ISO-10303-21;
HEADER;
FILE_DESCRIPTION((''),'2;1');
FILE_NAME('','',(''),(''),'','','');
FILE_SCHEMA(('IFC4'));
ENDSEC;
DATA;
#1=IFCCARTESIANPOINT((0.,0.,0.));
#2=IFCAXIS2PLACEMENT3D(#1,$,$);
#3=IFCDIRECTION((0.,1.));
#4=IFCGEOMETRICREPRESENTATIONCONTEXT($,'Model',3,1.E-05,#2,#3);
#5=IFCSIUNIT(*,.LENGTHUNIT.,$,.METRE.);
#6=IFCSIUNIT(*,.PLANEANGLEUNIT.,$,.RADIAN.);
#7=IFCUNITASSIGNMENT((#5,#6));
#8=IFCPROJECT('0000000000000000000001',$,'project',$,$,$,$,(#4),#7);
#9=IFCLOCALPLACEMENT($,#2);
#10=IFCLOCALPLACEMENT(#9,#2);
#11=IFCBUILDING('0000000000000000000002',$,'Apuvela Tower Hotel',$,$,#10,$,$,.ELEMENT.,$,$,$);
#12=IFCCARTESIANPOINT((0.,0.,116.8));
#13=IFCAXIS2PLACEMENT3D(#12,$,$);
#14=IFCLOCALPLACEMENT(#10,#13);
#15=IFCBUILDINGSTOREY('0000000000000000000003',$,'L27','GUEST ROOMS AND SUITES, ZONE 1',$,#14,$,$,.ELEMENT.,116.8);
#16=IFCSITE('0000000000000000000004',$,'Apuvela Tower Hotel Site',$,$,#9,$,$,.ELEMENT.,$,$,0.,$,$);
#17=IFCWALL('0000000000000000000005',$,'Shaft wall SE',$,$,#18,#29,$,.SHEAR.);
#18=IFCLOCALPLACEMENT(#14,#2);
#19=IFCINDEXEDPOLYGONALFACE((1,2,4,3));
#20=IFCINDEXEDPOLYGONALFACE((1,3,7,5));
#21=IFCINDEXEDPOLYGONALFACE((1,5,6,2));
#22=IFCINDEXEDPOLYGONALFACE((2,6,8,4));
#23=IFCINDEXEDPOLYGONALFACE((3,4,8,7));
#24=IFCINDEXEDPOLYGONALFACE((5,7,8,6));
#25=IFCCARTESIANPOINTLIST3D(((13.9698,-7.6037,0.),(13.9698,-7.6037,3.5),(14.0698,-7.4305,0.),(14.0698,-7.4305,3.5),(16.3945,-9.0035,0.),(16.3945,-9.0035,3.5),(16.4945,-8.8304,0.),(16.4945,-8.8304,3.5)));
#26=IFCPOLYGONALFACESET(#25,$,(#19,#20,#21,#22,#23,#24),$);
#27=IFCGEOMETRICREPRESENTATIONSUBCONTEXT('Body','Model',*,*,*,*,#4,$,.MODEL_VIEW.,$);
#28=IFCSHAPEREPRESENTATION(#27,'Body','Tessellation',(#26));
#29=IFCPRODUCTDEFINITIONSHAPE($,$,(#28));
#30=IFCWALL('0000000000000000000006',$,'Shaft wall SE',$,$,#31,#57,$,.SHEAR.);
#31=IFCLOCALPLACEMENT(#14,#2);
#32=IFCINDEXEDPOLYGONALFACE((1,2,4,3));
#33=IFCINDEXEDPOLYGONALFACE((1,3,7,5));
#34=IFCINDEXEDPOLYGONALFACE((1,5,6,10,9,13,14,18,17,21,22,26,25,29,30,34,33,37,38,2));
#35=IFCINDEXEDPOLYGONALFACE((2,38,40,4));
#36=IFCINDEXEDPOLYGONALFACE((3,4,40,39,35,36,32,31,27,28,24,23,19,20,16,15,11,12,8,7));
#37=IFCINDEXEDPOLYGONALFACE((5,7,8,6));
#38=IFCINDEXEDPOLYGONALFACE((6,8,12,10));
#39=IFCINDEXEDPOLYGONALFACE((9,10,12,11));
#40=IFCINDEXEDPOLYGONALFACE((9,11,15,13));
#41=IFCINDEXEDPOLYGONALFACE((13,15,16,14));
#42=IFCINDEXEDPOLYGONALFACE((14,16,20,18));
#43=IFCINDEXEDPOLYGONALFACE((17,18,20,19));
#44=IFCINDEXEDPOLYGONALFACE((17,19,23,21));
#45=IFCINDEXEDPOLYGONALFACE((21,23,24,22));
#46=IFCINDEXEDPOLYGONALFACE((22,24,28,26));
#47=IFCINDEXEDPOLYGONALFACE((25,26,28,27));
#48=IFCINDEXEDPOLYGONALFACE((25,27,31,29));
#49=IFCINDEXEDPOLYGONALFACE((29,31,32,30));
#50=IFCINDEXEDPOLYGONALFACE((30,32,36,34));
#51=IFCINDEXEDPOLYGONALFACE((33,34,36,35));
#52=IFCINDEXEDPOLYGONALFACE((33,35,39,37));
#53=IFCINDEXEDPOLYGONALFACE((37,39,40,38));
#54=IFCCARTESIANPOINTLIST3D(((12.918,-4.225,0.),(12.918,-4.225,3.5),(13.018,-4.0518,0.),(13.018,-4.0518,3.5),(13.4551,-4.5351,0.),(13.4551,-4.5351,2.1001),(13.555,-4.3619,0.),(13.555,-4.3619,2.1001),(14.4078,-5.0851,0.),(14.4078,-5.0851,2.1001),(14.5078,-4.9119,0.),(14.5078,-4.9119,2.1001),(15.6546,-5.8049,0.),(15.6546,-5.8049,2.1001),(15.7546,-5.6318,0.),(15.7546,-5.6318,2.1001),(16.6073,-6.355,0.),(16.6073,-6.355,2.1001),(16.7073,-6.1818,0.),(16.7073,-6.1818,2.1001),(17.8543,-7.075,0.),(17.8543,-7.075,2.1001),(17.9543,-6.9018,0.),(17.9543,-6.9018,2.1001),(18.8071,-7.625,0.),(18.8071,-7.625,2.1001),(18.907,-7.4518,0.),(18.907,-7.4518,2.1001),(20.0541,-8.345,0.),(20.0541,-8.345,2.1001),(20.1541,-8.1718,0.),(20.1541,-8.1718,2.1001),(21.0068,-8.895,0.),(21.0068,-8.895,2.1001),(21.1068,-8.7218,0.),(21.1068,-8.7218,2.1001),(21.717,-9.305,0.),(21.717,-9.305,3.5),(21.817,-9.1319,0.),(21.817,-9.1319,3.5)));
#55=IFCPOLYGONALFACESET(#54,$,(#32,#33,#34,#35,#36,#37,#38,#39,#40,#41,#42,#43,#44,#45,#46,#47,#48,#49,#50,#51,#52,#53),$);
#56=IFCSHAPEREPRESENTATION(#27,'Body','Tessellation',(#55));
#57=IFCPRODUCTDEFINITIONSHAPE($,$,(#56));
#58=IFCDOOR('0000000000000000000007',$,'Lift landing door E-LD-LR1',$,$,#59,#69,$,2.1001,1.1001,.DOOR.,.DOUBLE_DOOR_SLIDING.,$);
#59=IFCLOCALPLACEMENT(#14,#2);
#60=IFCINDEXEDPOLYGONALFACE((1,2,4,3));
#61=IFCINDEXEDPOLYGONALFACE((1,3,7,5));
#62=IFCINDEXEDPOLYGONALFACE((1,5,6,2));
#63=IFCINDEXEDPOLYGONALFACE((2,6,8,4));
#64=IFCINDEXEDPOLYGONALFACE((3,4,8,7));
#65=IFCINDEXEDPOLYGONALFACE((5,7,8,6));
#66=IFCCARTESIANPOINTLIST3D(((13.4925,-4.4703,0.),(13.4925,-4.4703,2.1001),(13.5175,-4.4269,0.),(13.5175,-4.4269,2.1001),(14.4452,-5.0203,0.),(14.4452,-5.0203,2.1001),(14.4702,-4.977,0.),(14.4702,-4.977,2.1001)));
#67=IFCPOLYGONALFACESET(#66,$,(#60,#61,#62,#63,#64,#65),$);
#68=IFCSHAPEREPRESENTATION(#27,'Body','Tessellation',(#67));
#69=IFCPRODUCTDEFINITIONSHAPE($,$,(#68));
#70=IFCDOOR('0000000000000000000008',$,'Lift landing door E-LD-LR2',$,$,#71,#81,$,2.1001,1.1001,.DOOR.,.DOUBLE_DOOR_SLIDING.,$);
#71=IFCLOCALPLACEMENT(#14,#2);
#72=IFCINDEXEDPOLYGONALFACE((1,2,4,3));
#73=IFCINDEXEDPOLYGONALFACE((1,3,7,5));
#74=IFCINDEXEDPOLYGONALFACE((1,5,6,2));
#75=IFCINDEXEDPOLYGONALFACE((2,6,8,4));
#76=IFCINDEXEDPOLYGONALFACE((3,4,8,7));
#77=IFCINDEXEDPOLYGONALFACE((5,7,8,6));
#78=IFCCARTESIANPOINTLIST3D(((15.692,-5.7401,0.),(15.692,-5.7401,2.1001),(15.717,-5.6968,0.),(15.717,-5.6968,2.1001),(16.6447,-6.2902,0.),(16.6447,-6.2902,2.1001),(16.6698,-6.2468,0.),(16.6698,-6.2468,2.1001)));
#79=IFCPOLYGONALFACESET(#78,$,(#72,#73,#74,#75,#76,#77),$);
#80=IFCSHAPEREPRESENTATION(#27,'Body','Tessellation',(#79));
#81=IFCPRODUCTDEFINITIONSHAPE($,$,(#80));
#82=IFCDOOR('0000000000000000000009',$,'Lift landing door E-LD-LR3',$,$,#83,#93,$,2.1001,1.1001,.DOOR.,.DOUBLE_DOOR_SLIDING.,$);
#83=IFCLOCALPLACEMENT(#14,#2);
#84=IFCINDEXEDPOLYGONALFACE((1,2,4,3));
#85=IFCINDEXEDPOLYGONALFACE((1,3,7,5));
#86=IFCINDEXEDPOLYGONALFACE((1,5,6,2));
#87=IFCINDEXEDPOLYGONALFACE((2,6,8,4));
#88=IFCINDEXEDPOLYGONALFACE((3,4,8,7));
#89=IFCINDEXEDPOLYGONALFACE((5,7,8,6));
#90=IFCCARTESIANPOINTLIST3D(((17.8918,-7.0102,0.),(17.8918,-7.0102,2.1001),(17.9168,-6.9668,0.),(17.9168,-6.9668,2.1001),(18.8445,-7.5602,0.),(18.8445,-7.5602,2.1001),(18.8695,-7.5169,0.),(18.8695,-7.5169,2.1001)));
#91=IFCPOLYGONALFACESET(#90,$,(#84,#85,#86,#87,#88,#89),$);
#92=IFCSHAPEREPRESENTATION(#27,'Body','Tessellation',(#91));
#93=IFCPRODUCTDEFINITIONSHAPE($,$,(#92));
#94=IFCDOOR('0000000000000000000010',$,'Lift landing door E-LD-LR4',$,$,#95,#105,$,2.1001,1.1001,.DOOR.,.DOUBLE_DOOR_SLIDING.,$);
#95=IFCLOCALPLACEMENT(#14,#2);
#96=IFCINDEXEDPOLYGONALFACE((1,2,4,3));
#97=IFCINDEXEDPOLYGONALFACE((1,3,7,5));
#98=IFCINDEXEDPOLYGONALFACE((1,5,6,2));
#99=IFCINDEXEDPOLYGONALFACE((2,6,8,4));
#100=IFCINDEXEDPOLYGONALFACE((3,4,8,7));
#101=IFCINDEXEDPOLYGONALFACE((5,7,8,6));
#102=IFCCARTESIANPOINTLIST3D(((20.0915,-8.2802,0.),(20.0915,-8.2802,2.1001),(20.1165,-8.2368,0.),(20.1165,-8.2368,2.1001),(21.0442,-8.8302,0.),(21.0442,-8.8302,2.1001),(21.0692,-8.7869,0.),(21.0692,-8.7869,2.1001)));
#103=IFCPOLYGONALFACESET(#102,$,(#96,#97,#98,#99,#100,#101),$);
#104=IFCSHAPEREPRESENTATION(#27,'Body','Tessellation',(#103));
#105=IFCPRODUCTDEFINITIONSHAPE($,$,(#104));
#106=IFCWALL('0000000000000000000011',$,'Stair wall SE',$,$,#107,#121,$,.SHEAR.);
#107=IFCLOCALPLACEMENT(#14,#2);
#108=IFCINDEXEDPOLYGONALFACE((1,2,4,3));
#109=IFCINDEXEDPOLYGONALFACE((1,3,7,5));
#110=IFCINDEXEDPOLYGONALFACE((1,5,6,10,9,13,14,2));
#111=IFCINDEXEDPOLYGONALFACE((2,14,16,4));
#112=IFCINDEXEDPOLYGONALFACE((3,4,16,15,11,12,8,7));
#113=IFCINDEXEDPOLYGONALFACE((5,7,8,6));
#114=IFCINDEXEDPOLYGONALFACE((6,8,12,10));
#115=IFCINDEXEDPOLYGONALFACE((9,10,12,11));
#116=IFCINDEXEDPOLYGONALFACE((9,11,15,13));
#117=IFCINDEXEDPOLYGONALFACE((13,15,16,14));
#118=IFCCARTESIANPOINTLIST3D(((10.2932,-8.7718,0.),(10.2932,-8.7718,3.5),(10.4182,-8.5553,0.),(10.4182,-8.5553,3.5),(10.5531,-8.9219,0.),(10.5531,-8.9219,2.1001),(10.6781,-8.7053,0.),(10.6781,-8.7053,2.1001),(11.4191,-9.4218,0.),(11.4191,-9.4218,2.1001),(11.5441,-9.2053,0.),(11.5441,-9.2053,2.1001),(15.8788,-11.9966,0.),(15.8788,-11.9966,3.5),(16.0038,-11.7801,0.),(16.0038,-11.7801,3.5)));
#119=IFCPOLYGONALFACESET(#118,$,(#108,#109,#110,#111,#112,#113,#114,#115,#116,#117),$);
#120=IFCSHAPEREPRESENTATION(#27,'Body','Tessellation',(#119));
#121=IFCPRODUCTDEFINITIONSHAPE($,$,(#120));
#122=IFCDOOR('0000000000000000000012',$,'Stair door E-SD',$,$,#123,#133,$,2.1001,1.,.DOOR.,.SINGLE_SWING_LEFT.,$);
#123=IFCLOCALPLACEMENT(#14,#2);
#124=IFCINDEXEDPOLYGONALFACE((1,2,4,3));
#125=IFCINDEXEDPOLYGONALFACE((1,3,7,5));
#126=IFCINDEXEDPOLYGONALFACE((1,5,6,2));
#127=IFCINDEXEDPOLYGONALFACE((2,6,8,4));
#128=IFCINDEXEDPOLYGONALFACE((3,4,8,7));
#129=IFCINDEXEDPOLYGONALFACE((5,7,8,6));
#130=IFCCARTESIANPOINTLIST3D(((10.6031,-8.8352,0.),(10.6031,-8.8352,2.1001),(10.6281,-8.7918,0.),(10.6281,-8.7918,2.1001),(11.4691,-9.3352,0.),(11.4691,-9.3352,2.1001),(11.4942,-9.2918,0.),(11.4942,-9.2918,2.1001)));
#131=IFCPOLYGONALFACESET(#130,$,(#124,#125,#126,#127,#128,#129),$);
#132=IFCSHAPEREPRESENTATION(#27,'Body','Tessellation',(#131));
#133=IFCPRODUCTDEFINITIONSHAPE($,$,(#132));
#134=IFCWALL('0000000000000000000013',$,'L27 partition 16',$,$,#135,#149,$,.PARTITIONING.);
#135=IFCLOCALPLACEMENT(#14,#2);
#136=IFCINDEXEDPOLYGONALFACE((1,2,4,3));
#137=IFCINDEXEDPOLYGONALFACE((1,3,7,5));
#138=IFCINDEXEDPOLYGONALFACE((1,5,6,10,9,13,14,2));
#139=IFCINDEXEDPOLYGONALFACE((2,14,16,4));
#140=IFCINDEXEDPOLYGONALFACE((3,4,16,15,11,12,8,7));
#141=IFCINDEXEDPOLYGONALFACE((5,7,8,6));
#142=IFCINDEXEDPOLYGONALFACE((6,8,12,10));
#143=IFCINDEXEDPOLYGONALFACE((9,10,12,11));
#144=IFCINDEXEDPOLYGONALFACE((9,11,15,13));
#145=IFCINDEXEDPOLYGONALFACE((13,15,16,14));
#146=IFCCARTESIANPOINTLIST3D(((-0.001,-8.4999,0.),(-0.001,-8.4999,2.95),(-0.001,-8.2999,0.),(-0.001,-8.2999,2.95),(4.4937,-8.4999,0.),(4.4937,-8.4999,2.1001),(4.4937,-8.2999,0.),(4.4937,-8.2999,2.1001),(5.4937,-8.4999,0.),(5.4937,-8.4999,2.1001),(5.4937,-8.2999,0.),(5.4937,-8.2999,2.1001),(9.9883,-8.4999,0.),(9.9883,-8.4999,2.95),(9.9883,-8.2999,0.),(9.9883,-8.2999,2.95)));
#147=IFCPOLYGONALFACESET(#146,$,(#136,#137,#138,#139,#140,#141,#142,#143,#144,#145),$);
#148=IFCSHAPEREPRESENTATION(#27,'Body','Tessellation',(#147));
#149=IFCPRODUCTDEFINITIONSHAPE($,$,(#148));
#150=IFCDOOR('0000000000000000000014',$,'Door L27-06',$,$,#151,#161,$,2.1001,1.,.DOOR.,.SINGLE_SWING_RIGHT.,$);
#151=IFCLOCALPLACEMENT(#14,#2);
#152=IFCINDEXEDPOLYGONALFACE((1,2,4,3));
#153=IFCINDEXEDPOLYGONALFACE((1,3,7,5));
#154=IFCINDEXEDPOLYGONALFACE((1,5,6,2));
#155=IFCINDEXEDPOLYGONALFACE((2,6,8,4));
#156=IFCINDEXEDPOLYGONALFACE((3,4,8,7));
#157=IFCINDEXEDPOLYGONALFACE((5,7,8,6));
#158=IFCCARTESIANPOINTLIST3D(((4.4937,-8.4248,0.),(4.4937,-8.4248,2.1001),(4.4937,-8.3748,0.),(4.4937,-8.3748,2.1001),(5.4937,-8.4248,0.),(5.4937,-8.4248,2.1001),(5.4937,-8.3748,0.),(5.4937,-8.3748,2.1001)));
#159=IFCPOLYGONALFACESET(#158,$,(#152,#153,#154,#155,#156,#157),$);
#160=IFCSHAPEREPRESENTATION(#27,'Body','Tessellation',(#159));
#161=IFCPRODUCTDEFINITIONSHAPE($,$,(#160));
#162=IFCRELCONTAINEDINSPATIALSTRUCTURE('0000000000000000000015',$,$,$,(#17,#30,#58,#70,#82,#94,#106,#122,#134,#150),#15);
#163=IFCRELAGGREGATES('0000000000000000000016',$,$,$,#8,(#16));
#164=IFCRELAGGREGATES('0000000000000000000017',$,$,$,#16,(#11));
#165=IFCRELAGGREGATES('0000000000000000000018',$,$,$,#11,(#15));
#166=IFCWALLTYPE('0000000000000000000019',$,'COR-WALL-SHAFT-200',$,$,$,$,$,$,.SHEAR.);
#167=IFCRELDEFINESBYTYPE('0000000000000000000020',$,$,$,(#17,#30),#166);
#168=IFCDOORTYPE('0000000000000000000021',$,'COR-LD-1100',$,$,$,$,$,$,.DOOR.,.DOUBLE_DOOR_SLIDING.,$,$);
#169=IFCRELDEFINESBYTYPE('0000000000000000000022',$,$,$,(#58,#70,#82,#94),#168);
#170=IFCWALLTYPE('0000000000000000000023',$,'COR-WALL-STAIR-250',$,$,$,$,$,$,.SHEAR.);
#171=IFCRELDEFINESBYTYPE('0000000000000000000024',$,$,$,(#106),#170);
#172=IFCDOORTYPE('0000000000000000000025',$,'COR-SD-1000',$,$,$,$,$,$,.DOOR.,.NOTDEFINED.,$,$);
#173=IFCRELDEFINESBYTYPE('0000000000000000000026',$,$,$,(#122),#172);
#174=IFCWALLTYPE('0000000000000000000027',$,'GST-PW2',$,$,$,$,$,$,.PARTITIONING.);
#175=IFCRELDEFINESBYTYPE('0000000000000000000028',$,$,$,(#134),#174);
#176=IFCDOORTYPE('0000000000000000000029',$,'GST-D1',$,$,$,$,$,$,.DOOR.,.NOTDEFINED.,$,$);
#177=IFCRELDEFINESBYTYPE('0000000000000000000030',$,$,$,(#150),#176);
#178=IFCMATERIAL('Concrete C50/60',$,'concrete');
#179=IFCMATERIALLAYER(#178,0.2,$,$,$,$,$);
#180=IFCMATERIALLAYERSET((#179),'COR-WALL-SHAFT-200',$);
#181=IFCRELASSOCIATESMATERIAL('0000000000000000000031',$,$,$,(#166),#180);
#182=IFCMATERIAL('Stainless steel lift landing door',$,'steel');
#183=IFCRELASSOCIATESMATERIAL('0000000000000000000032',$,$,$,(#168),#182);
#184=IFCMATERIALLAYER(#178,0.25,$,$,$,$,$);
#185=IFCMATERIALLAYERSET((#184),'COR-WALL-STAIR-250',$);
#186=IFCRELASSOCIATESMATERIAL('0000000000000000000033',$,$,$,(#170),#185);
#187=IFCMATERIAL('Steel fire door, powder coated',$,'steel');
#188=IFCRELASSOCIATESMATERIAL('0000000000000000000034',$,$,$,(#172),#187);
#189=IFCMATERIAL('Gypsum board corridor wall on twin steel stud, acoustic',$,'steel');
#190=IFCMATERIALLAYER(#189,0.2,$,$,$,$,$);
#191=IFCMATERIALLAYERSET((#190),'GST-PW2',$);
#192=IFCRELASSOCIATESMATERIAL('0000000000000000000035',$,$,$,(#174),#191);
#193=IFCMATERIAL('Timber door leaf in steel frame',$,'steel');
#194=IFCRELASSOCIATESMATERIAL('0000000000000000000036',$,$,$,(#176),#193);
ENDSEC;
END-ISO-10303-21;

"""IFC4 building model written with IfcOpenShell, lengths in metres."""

from ifc_helpers import new_model, si_unit, direction, frame, frame_2d, origin, place, context, subcontext, project, spatial, rectangle, extrude, material, layer, layer_set, type_object, element, fill, save


model = new_model("IFC4")

# Units and contexts
model_context = context("Model", 3, precision=1e-05, world=origin(), true_north=direction((0.0, 1.0)))
body_context = subcontext(model_context, "Body", "Model", "MODEL_VIEW")
ifc_project = project(units=[si_unit("LENGTHUNIT", "METRE"), si_unit("PLANEANGLEUNIT", "RADIAN")], contexts=[model_context])

# Site, building, storey
site_placement = place(None, origin())
site = spatial("IfcSite", under=ifc_project, at=site_placement, Name="Apuvela Tower Hotel Site", CompositionType="ELEMENT", RefElevation=0.0)
building_placement = place(site_placement, origin())
building = spatial("IfcBuilding", under=site, at=building_placement, Name="Apuvela Tower Hotel", CompositionType="ELEMENT")
storey_placement = place(building_placement, frame((0.0, 0.0, 116.8)))
storey = spatial("IfcBuildingStorey", under=building, at=storey_placement, Name="L27", Description="GUEST ROOMS AND SUITES, ZONE 1", CompositionType="ELEMENT", Elevation=116.8)

# Shared definitions
ifc_material_1 = material(Name="Concrete C50/60", Category="concrete")
ifc_material_2 = material(Name="Steel fire door, powder coated", Category="steel")

# Shared definitions
ifc_layer_1 = layer(ifc_material_1, 0.2)
ifc_layer_set_1 = layer_set([ifc_layer_1], Name="COR-WALL-SHAFT-200")
wall_type_1 = type_object("IfcWallType", Name="COR-WALL-SHAFT-200", PredefinedType="SHEAR", material=ifc_layer_set_1)
ifc_material_3 = material(Name="Stainless steel lift landing door", Category="steel")

# Wall
wall_1_placement = place(storey_placement, frame((14.0198, -7.5171, 0.0), z_axis=(0.0, 0.0, 1.0), x_axis=(0.866035, -0.499984, 0.0)))
element("IfcWall", 1, at=wall_1_placement, inside=storey, type_object=wall_type_1, Name="Shaft wall SE", PredefinedType="SHEAR", context=body_context, shape_type="SweptSolid", body=[
    extrude(rectangle(XDim=2.7998, YDim=0.2, at=frame_2d((1.3999, 0.0))), origin(), (0.0, 0.0, 1.0), 3.5),
])

# Wall, openings, doors
wall_2_placement = place(storey_placement, frame((12.968, -4.1384, 0.0), z_axis=(0.0, 0.0, 1.0), x_axis=(0.866028, -0.499995, 0.0)))
wall_2 = element("IfcWall", 2, at=wall_2_placement, inside=storey, type_object=wall_type_1, Name="Shaft wall SE", PredefinedType="SHEAR", context=body_context, shape_type="SweptSolid", body=[
    extrude(rectangle(XDim=10.1602, YDim=0.2, at=frame_2d((5.0801, 0.0))), origin(), (0.0, 0.0, 1.0), 3.5),
])
opening_1_placement = place(wall_2_placement, frame((0.6201, 0.0, 0.0)))
opening_1 = element("IfcOpeningElement", 3, at=opening_1_placement, cuts=wall_2, PredefinedType="OPENING", context=body_context, shape_type="SweptSolid", body=[
    extrude(rectangle(XDim=1.1001, YDim=2.1001, at=frame_2d((0.55, 1.05))), frame((0.0, 0.1099, 0.0), z_axis=(0.0, -1.0, 0.0), x_axis=(1.0, 0.0, 0.0)), (0.0, 0.0, 1.0), 0.22),
])
opening_2_placement = place(wall_2_placement, frame((3.1599, 0.0, 0.0)))
opening_2 = element("IfcOpeningElement", 4, at=opening_2_placement, cuts=wall_2, PredefinedType="OPENING", context=body_context, shape_type="SweptSolid", body=[
    extrude(rectangle(XDim=1.1001, YDim=2.1001, at=frame_2d((0.55, 1.05))), frame((0.0, 0.1099, 0.0), z_axis=(0.0, -1.0, 0.0), x_axis=(1.0, 0.0, 0.0)), (0.0, 0.0, 1.0), 0.22),
])
opening_3_placement = place(wall_2_placement, frame((5.7, 0.0, 0.0)))
opening_3 = element("IfcOpeningElement", 5, at=opening_3_placement, cuts=wall_2, PredefinedType="OPENING", context=body_context, shape_type="SweptSolid", body=[
    extrude(rectangle(XDim=1.1001, YDim=2.1001, at=frame_2d((0.55, 1.05))), frame((0.0, 0.1099, 0.0), z_axis=(0.0, -1.0, 0.0), x_axis=(1.0, 0.0, 0.0)), (0.0, 0.0, 1.0), 0.22),
])
opening_4_placement = place(wall_2_placement, frame((8.24, 0.0, 0.0)))
opening_4 = element("IfcOpeningElement", 6, at=opening_4_placement, cuts=wall_2, PredefinedType="OPENING", context=body_context, shape_type="SweptSolid", body=[
    extrude(rectangle(XDim=1.1001, YDim=2.1001, at=frame_2d((0.55, 1.05))), frame((0.0, 0.1099, 0.0), z_axis=(0.0, -1.0, 0.0), x_axis=(1.0, 0.0, 0.0)), (0.0, 0.0, 1.0), 0.22),
])
door_type_1 = type_object("IfcDoorType", Name="COR-LD-1100", OperationType="DOUBLE_DOOR_SLIDING", PredefinedType="DOOR", material=ifc_material_3)
door_1_placement = place(opening_1_placement, origin())
door_1 = element("IfcDoor", 7, at=door_1_placement, inside=storey, type_object=door_type_1, Name="Lift landing door E-LD-LR1", OperationType="DOUBLE_DOOR_SLIDING", OverallHeight=2.1001, OverallWidth=1.1001, PredefinedType="DOOR", context=body_context, shape_type="SweptSolid", body=[
    extrude(rectangle(XDim=1.1001, YDim=2.1001, at=frame_2d((0.55, 1.05))), frame((0.0, 0.0249, 0.0), z_axis=(0.0, -1.0, 0.0), x_axis=(1.0, 0.0, 0.0)), (0.0, 0.0, 1.0), 0.05),
])
fill(opening_1, door_1)
door_2_placement = place(opening_2_placement, origin())
door_2 = element("IfcDoor", 8, at=door_2_placement, inside=storey, type_object=door_type_1, Name="Lift landing door E-LD-LR2", OperationType="DOUBLE_DOOR_SLIDING", OverallHeight=2.1001, OverallWidth=1.1001, PredefinedType="DOOR", context=body_context, shape_type="SweptSolid", body=[
    extrude(rectangle(XDim=1.1001, YDim=2.1001, at=frame_2d((0.55, 1.05))), frame((0.0, 0.0249, 0.0), z_axis=(0.0, -1.0, 0.0), x_axis=(1.0, 0.0, 0.0)), (0.0, 0.0, 1.0), 0.05),
])
fill(opening_2, door_2)
door_3_placement = place(opening_3_placement, origin())
door_3 = element("IfcDoor", 9, at=door_3_placement, inside=storey, type_object=door_type_1, Name="Lift landing door E-LD-LR3", OperationType="DOUBLE_DOOR_SLIDING", OverallHeight=2.1001, OverallWidth=1.1001, PredefinedType="DOOR", context=body_context, shape_type="SweptSolid", body=[
    extrude(rectangle(XDim=1.1001, YDim=2.1001, at=frame_2d((0.55, 1.05))), frame((0.0, 0.0249, 0.0), z_axis=(0.0, -1.0, 0.0), x_axis=(1.0, 0.0, 0.0)), (0.0, 0.0, 1.0), 0.05),
])
fill(opening_3, door_3)
door_4_placement = place(opening_4_placement, origin())
door_4 = element("IfcDoor", 10, at=door_4_placement, inside=storey, type_object=door_type_1, Name="Lift landing door E-LD-LR4", OperationType="DOUBLE_DOOR_SLIDING", OverallHeight=2.1001, OverallWidth=1.1001, PredefinedType="DOOR", context=body_context, shape_type="SweptSolid", body=[
    extrude(rectangle(XDim=1.1001, YDim=2.1001, at=frame_2d((0.55, 1.05))), frame((0.0, 0.0249, 0.0), z_axis=(0.0, -1.0, 0.0), x_axis=(1.0, 0.0, 0.0)), (0.0, 0.0, 1.0), 0.05),
])
fill(opening_4, door_4)

# Walls, openings, doors
ifc_layer_2 = layer(ifc_material_1, 0.25)
ifc_layer_set_2 = layer_set([ifc_layer_2], Name="COR-WALL-STAIR-250")
wall_type_2 = type_object("IfcWallType", Name="COR-WALL-STAIR-250", PredefinedType="SHEAR", material=ifc_layer_set_2)
wall_3_placement = place(storey_placement, frame((10.3557, -8.6636, 0.0), z_axis=(0.0, 0.0, 1.0), x_axis=(0.866029, -0.499994, 0.0)))
wall_3 = element("IfcWall", 11, at=wall_3_placement, inside=storey, type_object=wall_type_2, Name="Stair wall SE", PredefinedType="SHEAR", context=body_context, shape_type="SweptSolid", body=[
    extrude(rectangle(XDim=6.4497, YDim=0.25, at=frame_2d((3.2249, 0.0))), origin(), (0.0, 0.0, 1.0), 3.5),
])
opening_5_placement = place(wall_3_placement, frame((0.3, 0.0, 0.0)))
opening_5 = element("IfcOpeningElement", 12, at=opening_5_placement, cuts=wall_3, PredefinedType="OPENING", context=body_context, shape_type="SweptSolid", body=[
    extrude(rectangle(XDim=1.0, YDim=2.1001, at=frame_2d((0.5, 1.05))), frame((0.0, 0.135, 0.0), z_axis=(0.0, -1.0, 0.0), x_axis=(1.0, 0.0, 0.0)), (0.0, 0.0, 1.0), 0.27),
])
door_type_2 = type_object("IfcDoorType", Name="COR-SD-1000", OperationType="NOTDEFINED", PredefinedType="DOOR", material=ifc_material_2)
door_5_placement = place(opening_5_placement, frame((1.0, 0.0, 0.0), z_axis=(0.0, 0.0, 1.0), x_axis=(-1.0, 0.0, 0.0)))
door_5 = element("IfcDoor", 13, at=door_5_placement, inside=storey, type_object=door_type_2, Name="Stair door E-SD", OperationType="SINGLE_SWING_LEFT", OverallHeight=2.1001, OverallWidth=1.0, PredefinedType="DOOR", context=body_context, shape_type="SweptSolid", body=[
    extrude(rectangle(XDim=1.0, YDim=2.1001, at=frame_2d((0.5, 1.05))), frame((0.0, 0.0249, 0.0), z_axis=(0.0, -1.0, 0.0), x_axis=(1.0, 0.0, 0.0)), (0.0, 0.0, 1.0), 0.05),
])
fill(opening_5, door_5)
ifc_material_4 = material(Name="Gypsum board corridor wall on twin steel stud, acoustic", Category="steel")
ifc_layer_3 = layer(ifc_material_4, 0.2)
ifc_layer_set_3 = layer_set([ifc_layer_3], Name="GST-PW2")
wall_type_3 = type_object("IfcWallType", Name="GST-PW2", PredefinedType="PARTITIONING", material=ifc_layer_set_3)
wall_4_placement = place(storey_placement, frame((9.9883, -8.3999, 0.0), z_axis=(0.0, 0.0, 1.0), x_axis=(-1.0, 0.0, 0.0)))
wall_4 = element("IfcWall", 14, at=wall_4_placement, inside=storey, type_object=wall_type_3, Name="L27 partition 16", PredefinedType="PARTITIONING", context=body_context, shape_type="SweptSolid", body=[
    extrude(rectangle(XDim=9.9893, YDim=0.2, at=frame_2d((4.9946, 0.0))), origin(), (0.0, 0.0, 1.0), 2.95),
])
opening_6_placement = place(wall_4_placement, frame((4.4946, 0.0, 0.0)))
opening_6 = element("IfcOpeningElement", 15, at=opening_6_placement, cuts=wall_4, PredefinedType="OPENING", context=body_context, shape_type="SweptSolid", body=[
    extrude(rectangle(XDim=1.0, YDim=2.1001, at=frame_2d((0.5, 1.05))), frame((0.0, 0.1099, 0.0), z_axis=(0.0, -1.0, 0.0), x_axis=(1.0, 0.0, 0.0)), (0.0, 0.0, 1.0), 0.22),
])
ifc_material_5 = material(Name="Timber door leaf in steel frame", Category="steel")
door_type_3 = type_object("IfcDoorType", Name="GST-D1", OperationType="NOTDEFINED", PredefinedType="DOOR", material=ifc_material_5)
door_6_placement = place(opening_6_placement, origin())
door_6 = element("IfcDoor", 16, at=door_6_placement, inside=storey, type_object=door_type_3, Name="Door L27-06", OperationType="SINGLE_SWING_RIGHT", OverallHeight=2.1001, OverallWidth=1.0, PredefinedType="DOOR", context=body_context, shape_type="SweptSolid", body=[
    extrude(rectangle(XDim=1.0, YDim=2.1001, at=frame_2d((0.5, 1.05))), frame((0.0, 0.0249, 0.0), z_axis=(0.0, -1.0, 0.0), x_axis=(1.0, 0.0, 0.0)), (0.0, 0.0, 1.0), 0.05),
])
fill(opening_6, door_6)

save(model, "model.ifc")
